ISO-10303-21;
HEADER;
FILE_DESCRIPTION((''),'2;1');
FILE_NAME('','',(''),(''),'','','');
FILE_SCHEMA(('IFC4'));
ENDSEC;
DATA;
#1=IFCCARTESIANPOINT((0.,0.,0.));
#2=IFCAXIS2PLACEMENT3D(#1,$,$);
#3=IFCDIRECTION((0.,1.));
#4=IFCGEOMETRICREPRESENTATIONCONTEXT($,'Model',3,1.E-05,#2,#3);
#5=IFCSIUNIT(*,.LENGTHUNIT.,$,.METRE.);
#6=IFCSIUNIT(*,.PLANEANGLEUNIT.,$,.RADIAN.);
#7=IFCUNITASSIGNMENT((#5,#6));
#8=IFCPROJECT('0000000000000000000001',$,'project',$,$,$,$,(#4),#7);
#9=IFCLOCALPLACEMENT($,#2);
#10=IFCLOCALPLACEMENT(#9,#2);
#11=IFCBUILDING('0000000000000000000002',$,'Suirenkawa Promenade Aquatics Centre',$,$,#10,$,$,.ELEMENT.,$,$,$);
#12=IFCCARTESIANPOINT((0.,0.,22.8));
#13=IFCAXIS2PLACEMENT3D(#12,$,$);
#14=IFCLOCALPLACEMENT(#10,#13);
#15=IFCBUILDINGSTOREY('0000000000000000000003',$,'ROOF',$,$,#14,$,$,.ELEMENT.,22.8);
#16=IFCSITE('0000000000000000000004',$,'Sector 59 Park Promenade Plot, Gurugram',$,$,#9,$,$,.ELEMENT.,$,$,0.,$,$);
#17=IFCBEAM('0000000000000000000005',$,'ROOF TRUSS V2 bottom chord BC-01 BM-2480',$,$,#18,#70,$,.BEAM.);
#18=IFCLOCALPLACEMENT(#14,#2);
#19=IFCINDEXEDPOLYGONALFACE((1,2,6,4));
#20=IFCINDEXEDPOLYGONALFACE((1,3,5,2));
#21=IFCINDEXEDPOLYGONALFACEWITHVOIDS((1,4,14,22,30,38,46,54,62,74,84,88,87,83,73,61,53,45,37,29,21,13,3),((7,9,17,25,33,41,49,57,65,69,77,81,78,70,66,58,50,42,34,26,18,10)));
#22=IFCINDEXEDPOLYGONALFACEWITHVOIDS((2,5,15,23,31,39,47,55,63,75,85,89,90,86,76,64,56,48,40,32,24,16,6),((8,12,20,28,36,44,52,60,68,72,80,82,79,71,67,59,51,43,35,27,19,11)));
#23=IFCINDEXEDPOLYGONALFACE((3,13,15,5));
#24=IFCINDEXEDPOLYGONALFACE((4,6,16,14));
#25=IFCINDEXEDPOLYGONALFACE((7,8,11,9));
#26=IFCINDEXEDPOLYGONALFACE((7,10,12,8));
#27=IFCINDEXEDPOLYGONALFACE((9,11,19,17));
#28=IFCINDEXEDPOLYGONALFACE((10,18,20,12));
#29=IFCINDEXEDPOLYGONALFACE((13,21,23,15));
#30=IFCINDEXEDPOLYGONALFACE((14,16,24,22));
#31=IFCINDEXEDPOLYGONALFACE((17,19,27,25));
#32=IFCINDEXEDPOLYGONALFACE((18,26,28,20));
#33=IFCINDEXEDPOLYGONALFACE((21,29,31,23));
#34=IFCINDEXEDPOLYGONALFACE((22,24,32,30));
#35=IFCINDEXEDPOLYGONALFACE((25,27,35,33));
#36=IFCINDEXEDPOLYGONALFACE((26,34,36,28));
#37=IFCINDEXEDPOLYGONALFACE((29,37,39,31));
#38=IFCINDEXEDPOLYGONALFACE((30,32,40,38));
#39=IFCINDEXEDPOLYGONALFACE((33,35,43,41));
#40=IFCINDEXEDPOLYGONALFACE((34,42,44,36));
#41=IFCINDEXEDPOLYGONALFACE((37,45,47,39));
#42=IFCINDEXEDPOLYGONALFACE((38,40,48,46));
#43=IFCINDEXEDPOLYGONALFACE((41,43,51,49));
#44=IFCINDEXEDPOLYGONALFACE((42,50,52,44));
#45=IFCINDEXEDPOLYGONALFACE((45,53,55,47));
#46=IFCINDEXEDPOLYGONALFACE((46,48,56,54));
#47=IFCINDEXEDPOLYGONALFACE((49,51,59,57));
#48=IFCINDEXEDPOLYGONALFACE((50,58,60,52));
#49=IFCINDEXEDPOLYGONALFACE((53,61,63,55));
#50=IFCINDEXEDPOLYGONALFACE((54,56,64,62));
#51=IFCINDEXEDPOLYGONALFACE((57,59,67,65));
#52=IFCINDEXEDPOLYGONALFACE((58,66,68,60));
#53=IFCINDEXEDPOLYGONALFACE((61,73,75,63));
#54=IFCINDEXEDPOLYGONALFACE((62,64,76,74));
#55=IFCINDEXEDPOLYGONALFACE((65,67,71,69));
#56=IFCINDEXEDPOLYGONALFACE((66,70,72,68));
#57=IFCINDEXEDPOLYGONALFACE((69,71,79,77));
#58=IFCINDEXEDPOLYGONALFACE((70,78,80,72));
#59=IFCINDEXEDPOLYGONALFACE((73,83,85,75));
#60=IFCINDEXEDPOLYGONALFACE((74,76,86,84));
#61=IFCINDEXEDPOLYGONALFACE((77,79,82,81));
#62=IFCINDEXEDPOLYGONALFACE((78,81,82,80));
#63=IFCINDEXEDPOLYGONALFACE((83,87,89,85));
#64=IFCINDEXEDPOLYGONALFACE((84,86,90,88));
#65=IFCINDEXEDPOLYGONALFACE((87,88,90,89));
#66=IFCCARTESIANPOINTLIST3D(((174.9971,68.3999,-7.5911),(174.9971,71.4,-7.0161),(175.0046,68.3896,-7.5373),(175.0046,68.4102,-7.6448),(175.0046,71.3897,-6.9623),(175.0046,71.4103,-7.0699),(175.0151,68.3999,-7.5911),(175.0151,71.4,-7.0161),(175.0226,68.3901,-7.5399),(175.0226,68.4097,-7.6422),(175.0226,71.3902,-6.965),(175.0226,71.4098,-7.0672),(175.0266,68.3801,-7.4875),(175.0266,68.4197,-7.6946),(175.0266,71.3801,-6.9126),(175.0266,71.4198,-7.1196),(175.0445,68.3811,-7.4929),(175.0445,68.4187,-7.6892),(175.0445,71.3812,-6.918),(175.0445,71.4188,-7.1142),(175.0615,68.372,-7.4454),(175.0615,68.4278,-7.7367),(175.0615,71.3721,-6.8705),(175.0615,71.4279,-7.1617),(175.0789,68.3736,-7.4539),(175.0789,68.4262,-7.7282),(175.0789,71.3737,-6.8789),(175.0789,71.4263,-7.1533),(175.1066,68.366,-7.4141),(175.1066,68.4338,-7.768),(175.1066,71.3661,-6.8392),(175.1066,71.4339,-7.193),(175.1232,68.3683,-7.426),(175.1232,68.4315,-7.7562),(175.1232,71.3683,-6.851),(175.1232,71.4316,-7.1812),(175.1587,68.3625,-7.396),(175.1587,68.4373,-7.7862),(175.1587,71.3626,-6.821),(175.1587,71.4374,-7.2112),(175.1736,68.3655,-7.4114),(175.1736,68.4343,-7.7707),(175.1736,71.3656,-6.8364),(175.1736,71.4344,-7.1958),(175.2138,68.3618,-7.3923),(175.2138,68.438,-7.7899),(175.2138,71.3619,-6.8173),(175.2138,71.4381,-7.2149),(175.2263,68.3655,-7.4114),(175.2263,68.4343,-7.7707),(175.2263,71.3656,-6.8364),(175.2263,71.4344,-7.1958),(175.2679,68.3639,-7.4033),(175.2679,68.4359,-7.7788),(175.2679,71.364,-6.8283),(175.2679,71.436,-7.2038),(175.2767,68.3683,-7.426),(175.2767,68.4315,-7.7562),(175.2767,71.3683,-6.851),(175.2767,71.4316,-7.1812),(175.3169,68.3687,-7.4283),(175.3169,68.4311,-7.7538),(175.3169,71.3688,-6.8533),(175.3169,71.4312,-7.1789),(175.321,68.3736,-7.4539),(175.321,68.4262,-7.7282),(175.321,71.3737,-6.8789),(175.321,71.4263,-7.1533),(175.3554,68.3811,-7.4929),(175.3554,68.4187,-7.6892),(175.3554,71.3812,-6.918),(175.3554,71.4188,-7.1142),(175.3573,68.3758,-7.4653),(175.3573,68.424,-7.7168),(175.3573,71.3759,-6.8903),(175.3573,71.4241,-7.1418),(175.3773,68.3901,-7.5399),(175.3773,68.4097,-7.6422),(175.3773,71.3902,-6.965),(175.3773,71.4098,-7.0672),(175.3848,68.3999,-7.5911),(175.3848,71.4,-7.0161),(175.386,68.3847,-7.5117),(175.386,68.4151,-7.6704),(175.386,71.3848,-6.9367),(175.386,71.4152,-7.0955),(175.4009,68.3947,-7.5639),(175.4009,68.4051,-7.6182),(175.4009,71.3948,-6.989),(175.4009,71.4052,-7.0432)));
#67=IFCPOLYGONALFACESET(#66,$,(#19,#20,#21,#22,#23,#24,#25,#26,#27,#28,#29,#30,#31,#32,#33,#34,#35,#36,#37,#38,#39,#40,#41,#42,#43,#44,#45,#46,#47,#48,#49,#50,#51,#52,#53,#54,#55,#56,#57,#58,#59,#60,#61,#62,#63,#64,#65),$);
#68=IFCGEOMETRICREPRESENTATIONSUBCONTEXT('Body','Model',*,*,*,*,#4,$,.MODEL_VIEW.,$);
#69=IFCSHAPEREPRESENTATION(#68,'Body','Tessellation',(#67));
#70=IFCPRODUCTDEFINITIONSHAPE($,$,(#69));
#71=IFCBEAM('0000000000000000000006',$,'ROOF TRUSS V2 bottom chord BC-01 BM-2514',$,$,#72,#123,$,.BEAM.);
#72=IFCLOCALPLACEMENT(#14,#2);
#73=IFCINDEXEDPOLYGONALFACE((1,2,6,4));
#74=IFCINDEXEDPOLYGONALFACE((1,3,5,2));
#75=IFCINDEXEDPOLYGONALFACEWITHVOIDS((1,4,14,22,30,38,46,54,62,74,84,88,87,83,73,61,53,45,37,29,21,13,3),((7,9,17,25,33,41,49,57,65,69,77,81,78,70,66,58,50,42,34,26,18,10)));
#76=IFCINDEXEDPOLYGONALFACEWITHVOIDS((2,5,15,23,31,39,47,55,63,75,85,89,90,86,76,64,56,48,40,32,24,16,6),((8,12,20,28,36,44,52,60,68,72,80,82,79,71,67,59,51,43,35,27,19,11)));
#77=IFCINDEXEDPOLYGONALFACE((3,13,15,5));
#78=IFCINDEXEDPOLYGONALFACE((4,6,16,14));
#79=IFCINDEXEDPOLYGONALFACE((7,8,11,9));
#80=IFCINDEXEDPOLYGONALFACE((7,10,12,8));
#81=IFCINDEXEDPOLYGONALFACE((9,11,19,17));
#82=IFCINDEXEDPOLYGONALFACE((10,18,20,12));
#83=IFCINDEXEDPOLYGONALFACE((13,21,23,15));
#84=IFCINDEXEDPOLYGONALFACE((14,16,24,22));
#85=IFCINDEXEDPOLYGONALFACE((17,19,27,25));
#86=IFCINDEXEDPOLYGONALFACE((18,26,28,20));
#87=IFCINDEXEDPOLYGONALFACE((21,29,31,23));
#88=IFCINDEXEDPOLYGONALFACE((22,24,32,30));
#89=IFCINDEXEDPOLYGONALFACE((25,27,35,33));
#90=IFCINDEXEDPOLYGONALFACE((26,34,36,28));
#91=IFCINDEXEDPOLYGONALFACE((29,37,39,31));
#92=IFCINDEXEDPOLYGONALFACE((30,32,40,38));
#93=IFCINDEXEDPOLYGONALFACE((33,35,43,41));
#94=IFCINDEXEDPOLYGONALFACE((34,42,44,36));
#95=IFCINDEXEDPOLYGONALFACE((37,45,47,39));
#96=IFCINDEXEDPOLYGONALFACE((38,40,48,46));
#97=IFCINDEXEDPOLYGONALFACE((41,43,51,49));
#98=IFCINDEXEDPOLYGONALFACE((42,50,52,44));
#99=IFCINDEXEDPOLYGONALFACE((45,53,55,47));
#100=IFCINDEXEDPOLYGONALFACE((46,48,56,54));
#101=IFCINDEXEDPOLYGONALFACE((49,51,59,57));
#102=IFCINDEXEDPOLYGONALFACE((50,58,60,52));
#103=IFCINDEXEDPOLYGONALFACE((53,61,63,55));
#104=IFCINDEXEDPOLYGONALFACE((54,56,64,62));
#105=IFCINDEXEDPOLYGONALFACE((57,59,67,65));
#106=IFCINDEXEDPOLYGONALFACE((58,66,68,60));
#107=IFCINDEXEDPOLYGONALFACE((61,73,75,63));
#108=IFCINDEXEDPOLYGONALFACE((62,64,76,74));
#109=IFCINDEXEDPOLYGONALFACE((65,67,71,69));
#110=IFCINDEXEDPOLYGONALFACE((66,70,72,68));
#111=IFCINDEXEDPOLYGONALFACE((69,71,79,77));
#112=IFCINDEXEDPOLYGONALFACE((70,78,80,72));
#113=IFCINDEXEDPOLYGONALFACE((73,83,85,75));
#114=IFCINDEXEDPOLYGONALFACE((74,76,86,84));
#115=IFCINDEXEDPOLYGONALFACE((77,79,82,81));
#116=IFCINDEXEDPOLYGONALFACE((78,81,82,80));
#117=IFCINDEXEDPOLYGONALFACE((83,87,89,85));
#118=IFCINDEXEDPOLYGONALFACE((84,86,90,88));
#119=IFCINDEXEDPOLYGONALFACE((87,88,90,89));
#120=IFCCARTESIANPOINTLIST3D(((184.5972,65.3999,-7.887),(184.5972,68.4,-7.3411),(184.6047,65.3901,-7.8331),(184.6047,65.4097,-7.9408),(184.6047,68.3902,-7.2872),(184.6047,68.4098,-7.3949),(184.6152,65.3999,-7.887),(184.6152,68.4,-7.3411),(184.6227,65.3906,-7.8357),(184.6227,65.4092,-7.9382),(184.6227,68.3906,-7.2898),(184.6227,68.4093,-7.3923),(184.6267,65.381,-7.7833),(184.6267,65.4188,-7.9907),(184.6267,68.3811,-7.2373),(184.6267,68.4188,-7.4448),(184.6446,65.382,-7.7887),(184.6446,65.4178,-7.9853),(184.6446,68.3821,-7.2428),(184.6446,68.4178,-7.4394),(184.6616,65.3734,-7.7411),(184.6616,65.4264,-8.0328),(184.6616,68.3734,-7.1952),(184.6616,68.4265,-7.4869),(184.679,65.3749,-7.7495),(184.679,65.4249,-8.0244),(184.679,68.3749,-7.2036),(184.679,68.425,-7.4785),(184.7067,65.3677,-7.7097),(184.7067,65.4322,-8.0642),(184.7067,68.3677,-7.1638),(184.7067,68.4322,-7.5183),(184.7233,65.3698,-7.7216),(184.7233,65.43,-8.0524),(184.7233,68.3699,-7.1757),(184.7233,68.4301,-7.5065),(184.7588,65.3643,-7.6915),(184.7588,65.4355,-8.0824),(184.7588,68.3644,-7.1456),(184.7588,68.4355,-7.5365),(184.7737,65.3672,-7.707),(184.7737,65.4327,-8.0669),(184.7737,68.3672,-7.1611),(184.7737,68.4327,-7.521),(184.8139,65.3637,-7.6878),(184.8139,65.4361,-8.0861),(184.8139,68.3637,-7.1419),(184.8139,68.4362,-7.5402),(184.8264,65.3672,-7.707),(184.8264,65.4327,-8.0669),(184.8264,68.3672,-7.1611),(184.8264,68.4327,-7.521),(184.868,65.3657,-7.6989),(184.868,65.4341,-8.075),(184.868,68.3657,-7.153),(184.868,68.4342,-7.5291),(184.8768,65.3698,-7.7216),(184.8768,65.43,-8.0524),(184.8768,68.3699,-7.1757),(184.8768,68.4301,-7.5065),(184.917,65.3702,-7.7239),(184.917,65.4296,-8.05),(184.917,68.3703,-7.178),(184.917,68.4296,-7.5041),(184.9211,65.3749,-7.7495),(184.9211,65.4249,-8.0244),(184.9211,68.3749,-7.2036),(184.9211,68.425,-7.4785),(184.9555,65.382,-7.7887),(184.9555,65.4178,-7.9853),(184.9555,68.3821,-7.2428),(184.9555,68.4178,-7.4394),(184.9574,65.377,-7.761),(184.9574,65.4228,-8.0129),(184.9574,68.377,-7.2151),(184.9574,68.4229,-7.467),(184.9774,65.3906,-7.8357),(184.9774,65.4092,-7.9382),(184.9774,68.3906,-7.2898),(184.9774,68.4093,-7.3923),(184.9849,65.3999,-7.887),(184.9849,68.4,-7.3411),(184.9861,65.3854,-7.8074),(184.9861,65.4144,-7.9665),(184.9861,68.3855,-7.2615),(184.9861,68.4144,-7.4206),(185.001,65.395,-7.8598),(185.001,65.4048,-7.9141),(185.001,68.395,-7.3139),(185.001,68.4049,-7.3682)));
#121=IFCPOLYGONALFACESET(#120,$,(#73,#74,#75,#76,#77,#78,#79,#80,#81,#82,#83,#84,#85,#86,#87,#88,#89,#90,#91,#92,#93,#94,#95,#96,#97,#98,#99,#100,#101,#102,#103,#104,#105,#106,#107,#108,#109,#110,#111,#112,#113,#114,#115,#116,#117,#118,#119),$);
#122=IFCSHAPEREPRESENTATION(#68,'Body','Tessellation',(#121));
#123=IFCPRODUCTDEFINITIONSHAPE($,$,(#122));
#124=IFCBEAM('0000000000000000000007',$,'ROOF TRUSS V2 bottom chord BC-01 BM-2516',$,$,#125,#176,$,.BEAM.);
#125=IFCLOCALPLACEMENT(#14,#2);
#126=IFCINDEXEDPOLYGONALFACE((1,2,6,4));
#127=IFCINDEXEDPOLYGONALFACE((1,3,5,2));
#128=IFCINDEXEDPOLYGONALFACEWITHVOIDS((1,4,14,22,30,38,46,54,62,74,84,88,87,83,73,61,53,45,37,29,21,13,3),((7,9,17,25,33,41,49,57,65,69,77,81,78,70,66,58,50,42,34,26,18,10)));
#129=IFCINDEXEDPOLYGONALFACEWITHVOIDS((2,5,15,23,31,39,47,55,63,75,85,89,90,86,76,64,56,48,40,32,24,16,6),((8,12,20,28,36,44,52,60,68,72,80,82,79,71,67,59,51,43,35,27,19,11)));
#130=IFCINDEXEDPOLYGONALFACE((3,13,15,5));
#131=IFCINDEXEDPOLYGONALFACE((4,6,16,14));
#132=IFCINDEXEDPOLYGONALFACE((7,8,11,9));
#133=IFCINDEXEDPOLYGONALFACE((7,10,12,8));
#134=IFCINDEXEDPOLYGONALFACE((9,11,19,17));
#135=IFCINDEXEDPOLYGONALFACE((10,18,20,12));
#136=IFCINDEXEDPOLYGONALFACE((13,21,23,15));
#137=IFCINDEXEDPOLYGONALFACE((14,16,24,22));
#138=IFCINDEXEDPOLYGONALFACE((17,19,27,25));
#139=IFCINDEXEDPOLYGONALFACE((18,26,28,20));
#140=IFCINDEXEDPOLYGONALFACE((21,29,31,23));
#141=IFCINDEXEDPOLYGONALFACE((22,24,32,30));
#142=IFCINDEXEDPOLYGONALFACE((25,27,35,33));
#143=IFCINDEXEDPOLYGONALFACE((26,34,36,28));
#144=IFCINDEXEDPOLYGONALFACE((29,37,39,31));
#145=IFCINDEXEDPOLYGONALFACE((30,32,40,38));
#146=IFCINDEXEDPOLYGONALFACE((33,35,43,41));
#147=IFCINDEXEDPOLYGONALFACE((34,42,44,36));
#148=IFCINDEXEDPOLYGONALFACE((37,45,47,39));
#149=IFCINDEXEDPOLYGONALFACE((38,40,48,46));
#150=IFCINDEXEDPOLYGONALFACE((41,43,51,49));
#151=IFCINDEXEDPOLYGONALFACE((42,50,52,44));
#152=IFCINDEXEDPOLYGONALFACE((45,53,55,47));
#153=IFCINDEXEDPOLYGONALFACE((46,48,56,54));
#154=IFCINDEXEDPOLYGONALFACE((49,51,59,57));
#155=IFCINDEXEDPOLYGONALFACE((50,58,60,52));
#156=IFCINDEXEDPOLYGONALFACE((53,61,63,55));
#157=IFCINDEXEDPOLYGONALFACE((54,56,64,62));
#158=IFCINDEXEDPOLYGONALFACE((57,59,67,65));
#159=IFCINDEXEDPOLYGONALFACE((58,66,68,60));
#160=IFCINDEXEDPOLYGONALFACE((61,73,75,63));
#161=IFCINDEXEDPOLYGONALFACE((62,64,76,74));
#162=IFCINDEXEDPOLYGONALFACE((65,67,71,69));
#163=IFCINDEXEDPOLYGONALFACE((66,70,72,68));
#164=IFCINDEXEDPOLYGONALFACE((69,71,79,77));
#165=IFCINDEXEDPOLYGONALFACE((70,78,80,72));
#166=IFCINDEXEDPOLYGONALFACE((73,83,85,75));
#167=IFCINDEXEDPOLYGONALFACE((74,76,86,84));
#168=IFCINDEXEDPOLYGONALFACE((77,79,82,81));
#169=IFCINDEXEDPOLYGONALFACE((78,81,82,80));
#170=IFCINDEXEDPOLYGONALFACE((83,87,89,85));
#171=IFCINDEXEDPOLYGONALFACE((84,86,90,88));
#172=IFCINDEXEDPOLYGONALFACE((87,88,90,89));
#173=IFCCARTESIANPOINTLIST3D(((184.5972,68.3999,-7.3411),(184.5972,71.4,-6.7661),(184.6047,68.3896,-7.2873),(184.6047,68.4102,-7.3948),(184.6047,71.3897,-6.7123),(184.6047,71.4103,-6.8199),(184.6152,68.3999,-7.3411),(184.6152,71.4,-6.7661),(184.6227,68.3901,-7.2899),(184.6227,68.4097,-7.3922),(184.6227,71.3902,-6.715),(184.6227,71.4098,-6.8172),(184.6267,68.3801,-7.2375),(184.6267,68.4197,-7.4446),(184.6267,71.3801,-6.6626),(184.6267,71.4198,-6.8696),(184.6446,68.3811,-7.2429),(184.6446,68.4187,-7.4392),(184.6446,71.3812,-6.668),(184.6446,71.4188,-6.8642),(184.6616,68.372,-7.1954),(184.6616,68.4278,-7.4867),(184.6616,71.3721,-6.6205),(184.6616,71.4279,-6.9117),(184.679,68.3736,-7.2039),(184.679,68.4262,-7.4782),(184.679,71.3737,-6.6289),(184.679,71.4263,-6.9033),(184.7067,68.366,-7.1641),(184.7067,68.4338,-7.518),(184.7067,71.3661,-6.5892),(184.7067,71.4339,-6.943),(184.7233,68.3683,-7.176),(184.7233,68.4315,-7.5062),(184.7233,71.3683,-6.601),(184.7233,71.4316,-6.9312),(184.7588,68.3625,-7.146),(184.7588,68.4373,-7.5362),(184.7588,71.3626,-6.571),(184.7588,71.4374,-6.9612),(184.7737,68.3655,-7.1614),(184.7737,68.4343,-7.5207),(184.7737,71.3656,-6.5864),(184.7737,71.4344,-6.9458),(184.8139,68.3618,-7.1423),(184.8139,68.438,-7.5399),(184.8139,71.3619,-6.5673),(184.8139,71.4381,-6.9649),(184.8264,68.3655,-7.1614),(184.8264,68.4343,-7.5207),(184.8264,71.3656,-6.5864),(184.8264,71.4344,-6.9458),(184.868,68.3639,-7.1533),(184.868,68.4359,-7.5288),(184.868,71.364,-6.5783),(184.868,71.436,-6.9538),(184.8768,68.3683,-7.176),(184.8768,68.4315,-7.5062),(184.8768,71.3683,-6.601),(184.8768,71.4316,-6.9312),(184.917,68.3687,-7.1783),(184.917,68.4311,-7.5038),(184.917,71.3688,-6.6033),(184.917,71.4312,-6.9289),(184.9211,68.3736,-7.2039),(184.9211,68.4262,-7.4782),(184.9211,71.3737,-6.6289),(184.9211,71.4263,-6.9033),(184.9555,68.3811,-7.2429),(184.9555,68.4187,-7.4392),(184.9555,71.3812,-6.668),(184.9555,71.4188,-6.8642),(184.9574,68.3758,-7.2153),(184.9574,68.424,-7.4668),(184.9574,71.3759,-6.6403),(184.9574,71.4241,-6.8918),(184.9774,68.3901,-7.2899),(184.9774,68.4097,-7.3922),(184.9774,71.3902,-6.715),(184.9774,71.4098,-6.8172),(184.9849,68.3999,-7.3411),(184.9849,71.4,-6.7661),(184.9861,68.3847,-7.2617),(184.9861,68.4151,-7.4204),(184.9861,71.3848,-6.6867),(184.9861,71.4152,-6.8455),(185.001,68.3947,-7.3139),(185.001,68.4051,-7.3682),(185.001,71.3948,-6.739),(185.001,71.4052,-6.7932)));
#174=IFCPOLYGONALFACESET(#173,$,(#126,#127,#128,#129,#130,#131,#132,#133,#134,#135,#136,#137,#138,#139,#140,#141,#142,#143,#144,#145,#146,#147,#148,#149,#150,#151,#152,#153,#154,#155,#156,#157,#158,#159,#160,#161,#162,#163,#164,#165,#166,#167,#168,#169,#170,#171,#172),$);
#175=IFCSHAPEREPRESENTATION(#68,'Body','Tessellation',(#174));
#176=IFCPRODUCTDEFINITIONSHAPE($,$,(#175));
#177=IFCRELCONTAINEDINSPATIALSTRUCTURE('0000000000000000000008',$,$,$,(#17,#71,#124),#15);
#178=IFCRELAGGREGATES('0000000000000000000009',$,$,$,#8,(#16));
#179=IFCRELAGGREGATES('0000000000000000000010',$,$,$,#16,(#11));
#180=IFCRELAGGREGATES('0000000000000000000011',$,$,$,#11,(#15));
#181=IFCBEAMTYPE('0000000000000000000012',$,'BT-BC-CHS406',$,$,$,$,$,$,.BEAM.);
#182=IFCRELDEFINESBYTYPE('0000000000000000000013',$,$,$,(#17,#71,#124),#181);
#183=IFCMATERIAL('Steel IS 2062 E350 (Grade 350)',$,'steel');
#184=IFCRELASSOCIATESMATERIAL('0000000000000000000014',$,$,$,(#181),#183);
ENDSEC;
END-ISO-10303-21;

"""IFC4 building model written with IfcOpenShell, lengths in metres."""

from ifc_helpers import new_model, si_unit, direction, frame, origin, origin_2d, place, context, subcontext, project, spatial, hollow_circle, extrude, material, material_profile, profile_set, type_object, element, save


model = new_model("IFC4")

# Units and contexts
model_context = context("Model", 3, precision=1e-05, world=origin(), true_north=direction((0.0, 1.0)))
body_context = subcontext(model_context, "Body", "Model", "MODEL_VIEW")
ifc_project = project(units=[si_unit("LENGTHUNIT", "METRE"), si_unit("PLANEANGLEUNIT", "RADIAN")], contexts=[model_context])

# Site, building, storey
site_placement = place(None, origin())
site = spatial("IfcSite", under=ifc_project, at=site_placement, Name="Sector 59 Park Promenade Plot, Gurugram", CompositionType="ELEMENT", RefElevation=0.0)
building_placement = place(site_placement, origin())
building = spatial("IfcBuilding", under=site, at=building_placement, Name="Suirenkawa Promenade Aquatics Centre", CompositionType="ELEMENT")
storey_placement = place(building_placement, frame((0.0, 0.0, 22.8)))
storey = spatial("IfcBuildingStorey", under=building, at=storey_placement, Name="ROOF", CompositionType="ELEMENT", Elevation=22.8)

# Beams
ifc_material = material(Name="Steel IS 2062 E350 (Grade 350)", Category="steel")
ifc_material_profile_1 = material_profile(ifc_material, hollow_circle(Radius=0.2029, WallThickness=0.0181, at=origin_2d()), Name="CHS 406x18", Category="steel")
ifc_profile_set_1 = profile_set([ifc_material_profile_1], Name="Steel IS 2062 E350 (Grade 350)")
beam_type_1 = type_object("IfcBeamType", Name="BT-BC-CHS406", PredefinedType="BEAM", material=ifc_profile_set_1)
beam_1_placement = place(storey_placement, frame((175.2, 68.3999, -7.5911), z_axis=(0.0, 0.982126, 0.188225), x_axis=(-1.0, 0.0, 0.0)))
element("IfcBeam", 1, at=beam_1_placement, inside=storey, type_object=beam_type_1, Name="ROOF TRUSS V2 bottom chord BC-01 BM-2480", PredefinedType="BEAM", context=body_context, shape_type="SweptSolid", body=[
    extrude(hollow_circle(Radius=0.2029, WallThickness=0.0181, at=origin_2d()), origin(), (0.0, 0.0, 1.0), 3.0547),
])
beam_2_placement = place(storey_placement, frame((184.8, 65.3999, -7.887), z_axis=(0.0, 0.983844, 0.179026), x_axis=(-1.0, 0.0, 0.0)))
element("IfcBeam", 2, at=beam_2_placement, inside=storey, type_object=beam_type_1, Name="ROOF TRUSS V2 bottom chord BC-01 BM-2514", PredefinedType="BEAM", context=body_context, shape_type="SweptSolid", body=[
    extrude(hollow_circle(Radius=0.2029, WallThickness=0.0181, at=origin_2d()), origin(), (0.0, 0.0, 1.0), 3.0493),
])
beam_3_placement = place(storey_placement, frame((184.8, 68.3999, -7.3411), z_axis=(0.0, 0.982126, 0.188225), x_axis=(-1.0, 0.0, 0.0)))
element("IfcBeam", 3, at=beam_3_placement, inside=storey, type_object=beam_type_1, Name="ROOF TRUSS V2 bottom chord BC-01 BM-2516", PredefinedType="BEAM", context=body_context, shape_type="SweptSolid", body=[
    extrude(hollow_circle(Radius=0.2029, WallThickness=0.0181, at=origin_2d()), origin(), (0.0, 0.0, 1.0), 3.0547),
])

save(model, "model.ifc")
